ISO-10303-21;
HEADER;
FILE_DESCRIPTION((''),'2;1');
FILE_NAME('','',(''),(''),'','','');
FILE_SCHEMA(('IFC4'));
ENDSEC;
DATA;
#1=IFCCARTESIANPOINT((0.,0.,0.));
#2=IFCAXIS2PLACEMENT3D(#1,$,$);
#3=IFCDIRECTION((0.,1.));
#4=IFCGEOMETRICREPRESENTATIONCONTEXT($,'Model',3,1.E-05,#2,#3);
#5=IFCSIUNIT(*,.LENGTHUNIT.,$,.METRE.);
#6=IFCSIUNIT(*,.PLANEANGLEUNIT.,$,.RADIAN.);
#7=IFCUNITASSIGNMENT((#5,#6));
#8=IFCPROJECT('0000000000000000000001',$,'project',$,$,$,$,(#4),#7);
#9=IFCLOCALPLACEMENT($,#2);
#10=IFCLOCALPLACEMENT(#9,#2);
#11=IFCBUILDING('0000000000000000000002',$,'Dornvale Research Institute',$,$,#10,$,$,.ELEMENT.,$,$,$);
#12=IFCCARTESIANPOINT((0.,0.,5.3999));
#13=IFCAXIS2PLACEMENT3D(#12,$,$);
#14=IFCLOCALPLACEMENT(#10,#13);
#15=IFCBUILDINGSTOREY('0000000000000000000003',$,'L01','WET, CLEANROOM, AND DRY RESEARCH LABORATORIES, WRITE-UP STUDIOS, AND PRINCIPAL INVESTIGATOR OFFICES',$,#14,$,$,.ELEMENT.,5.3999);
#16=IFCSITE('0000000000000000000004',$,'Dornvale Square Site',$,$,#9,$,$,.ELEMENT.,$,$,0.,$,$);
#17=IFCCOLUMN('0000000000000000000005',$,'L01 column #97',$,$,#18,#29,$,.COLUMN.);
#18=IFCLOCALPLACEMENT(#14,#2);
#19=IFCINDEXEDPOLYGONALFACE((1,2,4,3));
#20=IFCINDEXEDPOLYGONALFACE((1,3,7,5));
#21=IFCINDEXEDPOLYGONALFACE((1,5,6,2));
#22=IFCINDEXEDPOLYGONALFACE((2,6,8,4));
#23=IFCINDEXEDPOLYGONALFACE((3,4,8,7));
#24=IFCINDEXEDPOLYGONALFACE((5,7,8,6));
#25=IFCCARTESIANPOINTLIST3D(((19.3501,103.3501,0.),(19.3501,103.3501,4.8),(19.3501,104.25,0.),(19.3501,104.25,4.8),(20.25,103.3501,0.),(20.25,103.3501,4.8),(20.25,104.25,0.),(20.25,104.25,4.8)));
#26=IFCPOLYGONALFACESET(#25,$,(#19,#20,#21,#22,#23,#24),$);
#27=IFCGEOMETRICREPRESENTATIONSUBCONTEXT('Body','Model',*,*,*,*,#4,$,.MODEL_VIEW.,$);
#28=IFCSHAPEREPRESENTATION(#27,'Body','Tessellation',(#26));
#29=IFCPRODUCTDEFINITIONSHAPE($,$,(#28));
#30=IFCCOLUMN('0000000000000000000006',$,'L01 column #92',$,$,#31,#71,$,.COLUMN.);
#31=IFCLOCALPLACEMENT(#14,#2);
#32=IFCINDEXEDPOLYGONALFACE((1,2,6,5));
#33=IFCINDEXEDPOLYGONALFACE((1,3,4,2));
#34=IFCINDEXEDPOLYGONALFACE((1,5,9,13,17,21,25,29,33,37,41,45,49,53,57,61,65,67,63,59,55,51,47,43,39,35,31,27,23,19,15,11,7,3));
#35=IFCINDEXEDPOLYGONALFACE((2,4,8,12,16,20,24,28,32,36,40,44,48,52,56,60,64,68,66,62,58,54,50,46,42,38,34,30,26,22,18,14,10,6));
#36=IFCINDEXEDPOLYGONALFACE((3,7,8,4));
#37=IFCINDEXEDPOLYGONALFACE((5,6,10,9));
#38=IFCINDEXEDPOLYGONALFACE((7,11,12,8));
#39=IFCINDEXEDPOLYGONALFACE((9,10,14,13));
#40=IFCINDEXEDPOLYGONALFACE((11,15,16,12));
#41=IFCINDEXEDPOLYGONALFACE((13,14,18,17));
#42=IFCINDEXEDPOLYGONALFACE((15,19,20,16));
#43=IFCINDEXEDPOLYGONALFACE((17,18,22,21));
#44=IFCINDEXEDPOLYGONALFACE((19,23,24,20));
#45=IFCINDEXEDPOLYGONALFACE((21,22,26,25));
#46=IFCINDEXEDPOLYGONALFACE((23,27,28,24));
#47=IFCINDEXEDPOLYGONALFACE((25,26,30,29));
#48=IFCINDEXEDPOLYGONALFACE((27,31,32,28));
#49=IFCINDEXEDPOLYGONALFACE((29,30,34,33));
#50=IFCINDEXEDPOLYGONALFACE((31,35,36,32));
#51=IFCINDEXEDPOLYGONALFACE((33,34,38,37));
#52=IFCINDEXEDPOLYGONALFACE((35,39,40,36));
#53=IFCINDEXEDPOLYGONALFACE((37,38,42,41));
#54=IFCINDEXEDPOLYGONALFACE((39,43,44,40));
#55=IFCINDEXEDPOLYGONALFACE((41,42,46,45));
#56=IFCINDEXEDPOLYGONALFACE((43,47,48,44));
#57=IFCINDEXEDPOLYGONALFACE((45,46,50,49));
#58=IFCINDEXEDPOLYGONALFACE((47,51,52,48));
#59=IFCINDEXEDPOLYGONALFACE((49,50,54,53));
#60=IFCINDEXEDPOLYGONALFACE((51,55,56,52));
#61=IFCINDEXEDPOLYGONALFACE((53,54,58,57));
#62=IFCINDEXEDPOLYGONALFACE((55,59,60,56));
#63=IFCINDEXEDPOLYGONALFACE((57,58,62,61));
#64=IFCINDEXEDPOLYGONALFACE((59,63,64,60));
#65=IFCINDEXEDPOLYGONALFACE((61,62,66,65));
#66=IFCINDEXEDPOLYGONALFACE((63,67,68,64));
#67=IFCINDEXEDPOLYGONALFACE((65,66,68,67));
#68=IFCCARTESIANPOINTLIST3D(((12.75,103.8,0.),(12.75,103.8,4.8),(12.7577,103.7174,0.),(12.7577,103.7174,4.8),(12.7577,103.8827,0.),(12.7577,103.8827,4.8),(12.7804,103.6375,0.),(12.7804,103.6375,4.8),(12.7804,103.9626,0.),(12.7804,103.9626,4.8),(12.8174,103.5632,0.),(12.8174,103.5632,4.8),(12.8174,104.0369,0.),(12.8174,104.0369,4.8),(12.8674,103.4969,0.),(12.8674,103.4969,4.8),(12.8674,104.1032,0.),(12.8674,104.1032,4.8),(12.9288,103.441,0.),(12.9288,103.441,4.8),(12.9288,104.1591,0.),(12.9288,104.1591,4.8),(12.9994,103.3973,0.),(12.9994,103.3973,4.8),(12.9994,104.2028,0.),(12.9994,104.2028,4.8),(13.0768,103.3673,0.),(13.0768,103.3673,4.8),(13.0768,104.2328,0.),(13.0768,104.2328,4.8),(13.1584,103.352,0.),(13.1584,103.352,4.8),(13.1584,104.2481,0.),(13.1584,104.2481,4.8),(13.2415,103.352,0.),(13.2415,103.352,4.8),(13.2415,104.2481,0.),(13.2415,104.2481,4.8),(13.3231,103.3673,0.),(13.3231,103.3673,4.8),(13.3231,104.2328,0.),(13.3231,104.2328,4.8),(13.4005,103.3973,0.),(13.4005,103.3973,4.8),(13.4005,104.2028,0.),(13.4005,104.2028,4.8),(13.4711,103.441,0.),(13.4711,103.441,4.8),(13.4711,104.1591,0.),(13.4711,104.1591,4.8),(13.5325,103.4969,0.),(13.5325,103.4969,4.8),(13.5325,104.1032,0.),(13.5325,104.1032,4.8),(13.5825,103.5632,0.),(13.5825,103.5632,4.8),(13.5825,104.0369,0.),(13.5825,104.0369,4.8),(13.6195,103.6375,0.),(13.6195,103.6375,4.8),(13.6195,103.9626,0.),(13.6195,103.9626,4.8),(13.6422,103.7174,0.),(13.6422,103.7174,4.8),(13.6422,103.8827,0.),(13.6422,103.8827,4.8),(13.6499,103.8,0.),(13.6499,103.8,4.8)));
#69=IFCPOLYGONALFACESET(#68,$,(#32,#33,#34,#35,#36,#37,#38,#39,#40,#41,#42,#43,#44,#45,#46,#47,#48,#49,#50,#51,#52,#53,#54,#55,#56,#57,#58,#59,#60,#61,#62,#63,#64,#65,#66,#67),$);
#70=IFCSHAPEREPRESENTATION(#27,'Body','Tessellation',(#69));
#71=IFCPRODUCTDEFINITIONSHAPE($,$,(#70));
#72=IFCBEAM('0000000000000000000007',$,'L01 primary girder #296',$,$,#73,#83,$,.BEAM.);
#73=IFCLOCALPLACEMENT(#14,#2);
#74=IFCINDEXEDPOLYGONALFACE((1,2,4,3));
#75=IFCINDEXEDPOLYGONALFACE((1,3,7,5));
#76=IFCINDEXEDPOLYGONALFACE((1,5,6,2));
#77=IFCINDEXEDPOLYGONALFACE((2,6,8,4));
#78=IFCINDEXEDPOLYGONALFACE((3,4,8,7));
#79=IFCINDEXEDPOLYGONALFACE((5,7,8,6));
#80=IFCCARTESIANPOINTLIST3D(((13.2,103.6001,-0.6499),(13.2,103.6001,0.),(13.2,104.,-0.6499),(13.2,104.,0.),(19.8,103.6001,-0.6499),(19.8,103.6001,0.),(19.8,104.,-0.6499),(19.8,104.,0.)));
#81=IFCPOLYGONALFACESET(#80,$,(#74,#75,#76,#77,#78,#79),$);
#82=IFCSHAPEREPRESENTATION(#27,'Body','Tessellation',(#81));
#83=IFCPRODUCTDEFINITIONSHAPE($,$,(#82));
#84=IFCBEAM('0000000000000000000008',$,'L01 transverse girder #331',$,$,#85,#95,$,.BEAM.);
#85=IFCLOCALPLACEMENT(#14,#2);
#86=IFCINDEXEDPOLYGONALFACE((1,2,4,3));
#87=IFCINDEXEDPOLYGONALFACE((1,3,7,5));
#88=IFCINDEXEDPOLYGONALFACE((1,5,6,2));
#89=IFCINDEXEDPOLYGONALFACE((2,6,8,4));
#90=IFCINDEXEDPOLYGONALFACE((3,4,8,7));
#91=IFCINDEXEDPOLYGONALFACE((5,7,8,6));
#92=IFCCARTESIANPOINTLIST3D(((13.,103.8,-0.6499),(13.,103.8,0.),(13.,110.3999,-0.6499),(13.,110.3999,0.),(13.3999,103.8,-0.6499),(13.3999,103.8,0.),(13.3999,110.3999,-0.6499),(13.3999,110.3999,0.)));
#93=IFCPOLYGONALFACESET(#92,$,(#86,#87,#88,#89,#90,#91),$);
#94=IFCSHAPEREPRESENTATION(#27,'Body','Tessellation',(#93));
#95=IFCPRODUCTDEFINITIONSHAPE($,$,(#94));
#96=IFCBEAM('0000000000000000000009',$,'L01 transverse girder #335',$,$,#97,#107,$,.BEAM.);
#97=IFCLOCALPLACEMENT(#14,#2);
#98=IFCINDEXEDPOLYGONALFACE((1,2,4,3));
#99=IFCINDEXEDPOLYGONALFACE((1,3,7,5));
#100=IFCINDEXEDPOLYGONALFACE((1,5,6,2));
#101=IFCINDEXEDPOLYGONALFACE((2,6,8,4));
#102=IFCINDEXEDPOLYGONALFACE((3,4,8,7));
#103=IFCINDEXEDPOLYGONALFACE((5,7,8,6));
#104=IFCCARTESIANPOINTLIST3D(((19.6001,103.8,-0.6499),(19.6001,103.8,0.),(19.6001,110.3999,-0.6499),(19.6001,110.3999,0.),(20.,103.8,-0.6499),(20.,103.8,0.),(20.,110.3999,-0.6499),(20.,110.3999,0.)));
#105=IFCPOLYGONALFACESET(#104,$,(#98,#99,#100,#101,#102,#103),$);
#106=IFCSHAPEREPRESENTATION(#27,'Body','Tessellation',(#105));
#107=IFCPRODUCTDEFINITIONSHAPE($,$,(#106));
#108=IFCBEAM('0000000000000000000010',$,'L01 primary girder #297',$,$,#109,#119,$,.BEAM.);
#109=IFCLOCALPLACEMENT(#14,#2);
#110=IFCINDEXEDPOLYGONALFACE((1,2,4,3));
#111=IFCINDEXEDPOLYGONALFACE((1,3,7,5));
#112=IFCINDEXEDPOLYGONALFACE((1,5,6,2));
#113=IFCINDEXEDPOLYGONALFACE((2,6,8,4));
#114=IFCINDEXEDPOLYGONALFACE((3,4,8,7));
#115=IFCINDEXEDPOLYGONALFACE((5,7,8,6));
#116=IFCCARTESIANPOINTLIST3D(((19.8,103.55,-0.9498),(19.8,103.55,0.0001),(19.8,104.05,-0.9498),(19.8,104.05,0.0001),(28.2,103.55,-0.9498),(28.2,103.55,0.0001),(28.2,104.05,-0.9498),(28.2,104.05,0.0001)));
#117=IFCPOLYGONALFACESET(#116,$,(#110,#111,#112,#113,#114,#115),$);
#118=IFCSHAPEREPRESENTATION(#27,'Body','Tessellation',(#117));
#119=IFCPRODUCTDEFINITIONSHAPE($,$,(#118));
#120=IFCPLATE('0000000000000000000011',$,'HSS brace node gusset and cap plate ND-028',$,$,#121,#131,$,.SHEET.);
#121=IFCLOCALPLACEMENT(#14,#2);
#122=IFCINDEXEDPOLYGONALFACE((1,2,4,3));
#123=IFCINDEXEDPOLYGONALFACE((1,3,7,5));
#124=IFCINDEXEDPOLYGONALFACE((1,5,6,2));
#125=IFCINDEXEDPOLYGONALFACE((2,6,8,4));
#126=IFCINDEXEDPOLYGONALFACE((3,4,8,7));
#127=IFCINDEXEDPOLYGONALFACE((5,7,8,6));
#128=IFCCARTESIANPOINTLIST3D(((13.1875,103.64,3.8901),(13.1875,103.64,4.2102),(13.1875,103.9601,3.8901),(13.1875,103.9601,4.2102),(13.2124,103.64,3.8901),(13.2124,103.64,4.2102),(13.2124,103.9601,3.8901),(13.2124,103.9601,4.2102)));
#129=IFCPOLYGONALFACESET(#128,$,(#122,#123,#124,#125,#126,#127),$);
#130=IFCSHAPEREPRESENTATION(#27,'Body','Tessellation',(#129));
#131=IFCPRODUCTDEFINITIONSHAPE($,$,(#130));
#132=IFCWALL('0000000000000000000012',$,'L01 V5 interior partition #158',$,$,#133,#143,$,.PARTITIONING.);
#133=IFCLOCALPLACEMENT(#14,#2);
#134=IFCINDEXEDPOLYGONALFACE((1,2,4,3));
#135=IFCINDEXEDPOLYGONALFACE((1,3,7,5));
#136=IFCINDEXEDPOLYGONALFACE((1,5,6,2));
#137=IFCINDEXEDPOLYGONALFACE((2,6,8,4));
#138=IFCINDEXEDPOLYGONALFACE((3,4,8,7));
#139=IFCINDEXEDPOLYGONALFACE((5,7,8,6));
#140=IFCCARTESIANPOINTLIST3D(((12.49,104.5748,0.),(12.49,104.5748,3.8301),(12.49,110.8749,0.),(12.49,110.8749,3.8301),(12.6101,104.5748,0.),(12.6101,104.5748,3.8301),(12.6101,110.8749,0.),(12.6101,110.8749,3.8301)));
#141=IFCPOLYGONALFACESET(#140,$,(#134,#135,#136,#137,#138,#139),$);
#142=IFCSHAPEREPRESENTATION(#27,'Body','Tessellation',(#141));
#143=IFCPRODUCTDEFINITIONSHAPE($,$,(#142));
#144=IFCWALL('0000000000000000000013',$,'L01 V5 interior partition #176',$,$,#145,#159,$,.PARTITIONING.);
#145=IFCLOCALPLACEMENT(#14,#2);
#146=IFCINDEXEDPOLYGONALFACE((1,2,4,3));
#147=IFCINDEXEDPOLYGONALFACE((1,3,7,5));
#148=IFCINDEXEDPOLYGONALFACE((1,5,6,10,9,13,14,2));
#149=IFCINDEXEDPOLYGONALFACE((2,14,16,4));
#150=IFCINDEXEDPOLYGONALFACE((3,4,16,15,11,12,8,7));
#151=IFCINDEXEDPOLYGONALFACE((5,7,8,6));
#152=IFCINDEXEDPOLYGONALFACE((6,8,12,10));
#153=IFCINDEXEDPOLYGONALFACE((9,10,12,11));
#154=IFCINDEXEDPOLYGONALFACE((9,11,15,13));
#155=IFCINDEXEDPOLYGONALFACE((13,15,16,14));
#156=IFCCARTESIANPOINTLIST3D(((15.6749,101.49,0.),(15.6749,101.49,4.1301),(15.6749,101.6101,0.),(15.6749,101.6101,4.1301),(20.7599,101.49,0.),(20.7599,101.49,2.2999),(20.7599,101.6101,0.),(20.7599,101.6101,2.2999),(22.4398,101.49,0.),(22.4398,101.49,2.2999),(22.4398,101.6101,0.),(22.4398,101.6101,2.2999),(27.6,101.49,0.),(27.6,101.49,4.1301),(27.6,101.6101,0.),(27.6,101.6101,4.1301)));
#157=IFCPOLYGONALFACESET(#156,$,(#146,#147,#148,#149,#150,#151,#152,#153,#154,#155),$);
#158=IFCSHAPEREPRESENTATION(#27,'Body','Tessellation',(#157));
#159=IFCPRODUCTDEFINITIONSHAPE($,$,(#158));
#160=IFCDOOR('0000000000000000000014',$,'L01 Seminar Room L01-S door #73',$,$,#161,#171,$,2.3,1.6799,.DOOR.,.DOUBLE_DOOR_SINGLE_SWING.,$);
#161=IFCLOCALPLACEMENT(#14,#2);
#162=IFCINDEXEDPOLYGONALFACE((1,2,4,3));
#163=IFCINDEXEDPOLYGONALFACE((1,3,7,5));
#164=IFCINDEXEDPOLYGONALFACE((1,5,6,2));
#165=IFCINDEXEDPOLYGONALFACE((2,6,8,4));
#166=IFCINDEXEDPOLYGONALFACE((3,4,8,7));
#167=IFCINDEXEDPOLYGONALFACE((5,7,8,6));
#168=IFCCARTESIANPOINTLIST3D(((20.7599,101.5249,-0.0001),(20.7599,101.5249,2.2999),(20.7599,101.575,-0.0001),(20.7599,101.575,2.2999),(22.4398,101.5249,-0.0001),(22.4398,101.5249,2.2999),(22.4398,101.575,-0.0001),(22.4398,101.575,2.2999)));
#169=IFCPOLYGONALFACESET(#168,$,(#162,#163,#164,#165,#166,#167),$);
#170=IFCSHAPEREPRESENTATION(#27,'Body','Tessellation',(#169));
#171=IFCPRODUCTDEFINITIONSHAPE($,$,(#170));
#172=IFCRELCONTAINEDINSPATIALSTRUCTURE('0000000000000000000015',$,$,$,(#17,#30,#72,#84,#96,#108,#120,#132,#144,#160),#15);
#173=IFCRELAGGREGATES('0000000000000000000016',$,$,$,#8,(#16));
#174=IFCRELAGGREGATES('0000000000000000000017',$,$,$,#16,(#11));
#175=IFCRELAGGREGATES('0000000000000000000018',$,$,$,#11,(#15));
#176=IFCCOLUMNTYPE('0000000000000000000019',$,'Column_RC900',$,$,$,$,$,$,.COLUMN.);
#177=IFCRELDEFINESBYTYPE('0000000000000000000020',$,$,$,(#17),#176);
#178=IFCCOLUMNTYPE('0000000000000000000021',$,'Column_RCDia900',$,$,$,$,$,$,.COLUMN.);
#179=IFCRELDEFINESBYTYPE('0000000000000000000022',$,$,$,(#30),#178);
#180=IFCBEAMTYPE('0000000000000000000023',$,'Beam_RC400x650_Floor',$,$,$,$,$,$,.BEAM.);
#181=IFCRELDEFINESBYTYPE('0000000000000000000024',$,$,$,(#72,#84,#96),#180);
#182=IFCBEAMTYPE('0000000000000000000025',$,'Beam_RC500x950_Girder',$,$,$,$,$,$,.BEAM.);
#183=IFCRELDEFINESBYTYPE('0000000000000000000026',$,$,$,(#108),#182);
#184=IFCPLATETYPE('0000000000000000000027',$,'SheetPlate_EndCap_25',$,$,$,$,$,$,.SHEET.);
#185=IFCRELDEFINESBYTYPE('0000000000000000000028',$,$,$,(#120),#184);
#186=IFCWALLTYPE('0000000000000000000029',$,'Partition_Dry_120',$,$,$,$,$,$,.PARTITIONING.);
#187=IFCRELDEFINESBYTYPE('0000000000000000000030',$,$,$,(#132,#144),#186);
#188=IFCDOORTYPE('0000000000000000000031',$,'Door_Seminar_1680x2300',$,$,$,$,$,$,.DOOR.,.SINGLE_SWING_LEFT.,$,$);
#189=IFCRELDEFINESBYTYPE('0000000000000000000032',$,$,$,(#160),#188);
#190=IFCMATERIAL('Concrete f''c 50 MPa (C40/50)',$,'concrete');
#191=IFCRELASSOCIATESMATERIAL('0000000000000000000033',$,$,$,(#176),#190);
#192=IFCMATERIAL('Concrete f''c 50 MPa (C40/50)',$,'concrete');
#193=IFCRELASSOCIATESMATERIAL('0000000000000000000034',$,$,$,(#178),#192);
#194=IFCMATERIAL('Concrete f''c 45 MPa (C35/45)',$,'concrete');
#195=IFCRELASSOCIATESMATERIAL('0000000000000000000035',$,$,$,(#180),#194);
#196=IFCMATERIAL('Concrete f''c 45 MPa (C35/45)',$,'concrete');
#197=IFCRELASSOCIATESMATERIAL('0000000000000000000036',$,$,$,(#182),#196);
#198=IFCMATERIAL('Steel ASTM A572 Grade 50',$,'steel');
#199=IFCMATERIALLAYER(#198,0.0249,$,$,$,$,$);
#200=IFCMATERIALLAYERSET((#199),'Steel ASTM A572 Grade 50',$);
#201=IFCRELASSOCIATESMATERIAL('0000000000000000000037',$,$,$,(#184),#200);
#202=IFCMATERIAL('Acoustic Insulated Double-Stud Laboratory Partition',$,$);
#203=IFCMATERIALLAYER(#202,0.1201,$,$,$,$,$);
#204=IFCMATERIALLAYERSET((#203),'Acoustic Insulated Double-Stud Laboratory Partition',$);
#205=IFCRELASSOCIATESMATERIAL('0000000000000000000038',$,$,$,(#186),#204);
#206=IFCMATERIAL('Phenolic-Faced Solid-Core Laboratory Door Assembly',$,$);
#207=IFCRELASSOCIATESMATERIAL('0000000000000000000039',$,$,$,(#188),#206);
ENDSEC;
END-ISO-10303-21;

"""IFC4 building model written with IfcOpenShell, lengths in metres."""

from ifc_helpers import new_model, si_unit, direction, frame, frame_2d, origin, origin_2d, place, context, subcontext, project, spatial, rectangle, circle, extrude, material, layer, layer_set, material_profile, profile_set, type_object, element, fill, save


model = new_model("IFC4")

# Units and contexts
model_context = context("Model", 3, precision=1e-05, world=origin(), true_north=direction((0.0, 1.0)))
body_context = subcontext(model_context, "Body", "Model", "MODEL_VIEW")
ifc_project = project(units=[si_unit("LENGTHUNIT", "METRE"), si_unit("PLANEANGLEUNIT", "RADIAN")], contexts=[model_context])

# Site, building, storey
site_placement = place(None, origin())
site = spatial("IfcSite", under=ifc_project, at=site_placement, Name="Dornvale Square Site", CompositionType="ELEMENT", RefElevation=0.0)
building_placement = place(site_placement, origin())
building = spatial("IfcBuilding", under=site, at=building_placement, Name="Dornvale Research Institute", CompositionType="ELEMENT")
storey_placement = place(building_placement, frame((0.0, 0.0, 5.3999)))
storey = spatial("IfcBuildingStorey", under=building, at=storey_placement, Name="L01", Description="WET, CLEANROOM, AND DRY RESEARCH LABORATORIES, WRITE-UP STUDIOS, AND PRINCIPAL INVESTIGATOR OFFICES", CompositionType="ELEMENT", Elevation=5.3999)

# Columns
ifc_material_1 = material(Name="Concrete f'c 50 MPa (C40/50)", Category="concrete")
ifc_material_profile_1 = material_profile(ifc_material_1, rectangle(XDim=0.8999, YDim=0.8999, at=origin_2d()), Name="RC 900x900")
ifc_profile_set_1 = profile_set([ifc_material_profile_1], Name="Concrete f'c 50 MPa (C40/50)")
column_type_1 = type_object("IfcColumnType", Name="Column_RC900", PredefinedType="COLUMN", material=ifc_profile_set_1)
column_1_placement = place(storey_placement, frame((19.8, 103.8, 0.0), z_axis=(0.0, 0.0, 1.0), x_axis=(1.0, 0.0, 0.0)))
element("IfcColumn", 1, at=column_1_placement, inside=storey, type_object=column_type_1, Name="L01 column #97", PredefinedType="COLUMN", context=body_context, shape_type="SweptSolid", body=[
    extrude(rectangle(XDim=0.8999, YDim=0.8999, at=origin_2d()), origin(), (0.0, 0.0, 1.0), 4.8),
])
ifc_material_2 = material(Name="Concrete f'c 50 MPa (C40/50)", Category="concrete")
ifc_material_profile_2 = material_profile(ifc_material_2, circle(Radius=0.45, at=origin_2d()), Name="RC DIA 900")
ifc_profile_set_2 = profile_set([ifc_material_profile_2], Name="Concrete f'c 50 MPa (C40/50)")
column_type_2 = type_object("IfcColumnType", Name="Column_RCDia900", PredefinedType="COLUMN", material=ifc_profile_set_2)
column_2_placement = place(storey_placement, frame((13.2, 103.8, 0.0), z_axis=(0.0, 0.0, 1.0), x_axis=(1.0, 0.0, 0.0)))
element("IfcColumn", 2, at=column_2_placement, inside=storey, type_object=column_type_2, Name="L01 column #92", PredefinedType="COLUMN", context=body_context, shape_type="SweptSolid", body=[
    extrude(circle(Radius=0.45, at=origin_2d()), origin(), (0.0, 0.0, 1.0), 4.8),
])

# Beams
ifc_material_3 = material(Name="Concrete f'c 45 MPa (C35/45)", Category="concrete")
ifc_material_profile_3 = material_profile(ifc_material_3, rectangle(XDim=0.3999, YDim=0.6499, at=origin_2d()), Name="RC 400x650")
ifc_profile_set_3 = profile_set([ifc_material_profile_3], Name="Concrete f'c 45 MPa (C35/45)")
beam_type_1 = type_object("IfcBeamType", Name="Beam_RC400x650_Floor", PredefinedType="BEAM", material=ifc_profile_set_3)
beam_1_placement = place(storey_placement, frame((13.2, 103.8, -0.325), z_axis=(1.0, 0.0, 0.0), x_axis=(0.0, 1.0, 0.0)))
element("IfcBeam", 3, at=beam_1_placement, inside=storey, type_object=beam_type_1, Name="L01 primary girder #296", PredefinedType="BEAM", context=body_context, shape_type="SweptSolid", body=[
    extrude(rectangle(XDim=0.3999, YDim=0.6499, at=origin_2d()), origin(), (0.0, 0.0, 1.0), 6.6001),
])
for number, where, z_axis, x_axis, name in (
    (4, (13.2, 103.8, -0.325), (0.0, 1.0, 0.0), (-1.0, 0.0, 0.0), "L01 transverse girder #331"),
    (5, (19.8, 103.8, -0.325), (0.0, 1.0, 0.0), (-1.0, 0.0, 0.0), "L01 transverse girder #335"),
):
    element("IfcBeam", number, at=place(storey_placement, frame(where, z_axis=z_axis, x_axis=x_axis)), inside=storey, type_object=beam_type_1, Name=name, PredefinedType="BEAM", context=body_context, shape_type="SweptSolid", body=[
        extrude(rectangle(XDim=0.3999, YDim=0.6499, at=origin_2d()), origin(), (0.0, 0.0, 1.0), 6.5999),
    ])
ifc_material_4 = material(Name="Concrete f'c 45 MPa (C35/45)", Category="concrete")
ifc_material_profile_4 = material_profile(ifc_material_4, rectangle(XDim=0.5, YDim=0.95, at=origin_2d()), Name="RC 500x950")
ifc_profile_set_4 = profile_set([ifc_material_profile_4], Name="Concrete f'c 45 MPa (C35/45)")
beam_type_2 = type_object("IfcBeamType", Name="Beam_RC500x950_Girder", PredefinedType="BEAM", material=ifc_profile_set_4)
beam_2_placement = place(storey_placement, frame((19.8, 103.8, -0.4749), z_axis=(1.0, 0.0, 0.0), x_axis=(0.0, 1.0, 0.0)))
element("IfcBeam", 6, at=beam_2_placement, inside=storey, type_object=beam_type_2, Name="L01 primary girder #297", PredefinedType="BEAM", context=body_context, shape_type="SweptSolid", body=[
    extrude(rectangle(XDim=0.5, YDim=0.95, at=origin_2d()), origin(), (0.0, 0.0, 1.0), 8.3999),
])

# Plate
ifc_material_5 = material(Name="Steel ASTM A572 Grade 50", Category="steel")
ifc_layer_1 = layer(ifc_material_5, 0.0249)
ifc_layer_set_1 = layer_set([ifc_layer_1], Name="Steel ASTM A572 Grade 50")
plate_type = type_object("IfcPlateType", Name="SheetPlate_EndCap_25", PredefinedType="SHEET", material=ifc_layer_set_1)
plate_placement = place(storey_placement, frame((13.2, 103.8, 3.8901), z_axis=(0.0, 0.0, 1.0), x_axis=(0.0, 1.0, 0.0)))
element("IfcPlate", 7, at=plate_placement, inside=storey, type_object=plate_type, Name="HSS brace node gusset and cap plate ND-028", PredefinedType="SHEET", context=body_context, shape_type="SweptSolid", body=[
    extrude(rectangle(XDim=0.3201, YDim=0.0249, at=origin_2d()), origin(), (0.0, 0.0, 1.0), 0.3201),
])

# Wall
ifc_material_6 = material(Name="Acoustic Insulated Double-Stud Laboratory Partition")
ifc_layer_2 = layer(ifc_material_6, 0.1201)
ifc_layer_set_2 = layer_set([ifc_layer_2], Name="Acoustic Insulated Double-Stud Laboratory Partition")
wall_type_1 = type_object("IfcWallType", Name="Partition_Dry_120", PredefinedType="PARTITIONING", material=ifc_layer_set_2)
wall_1_placement = place(storey_placement, frame((12.55, 104.575, 0.0), z_axis=(0.0, 0.0, 1.0), x_axis=(0.0, 1.0, 0.0)))
element("IfcWall", 8, at=wall_1_placement, inside=storey, type_object=wall_type_1, Name="L01 V5 interior partition #158", PredefinedType="PARTITIONING", context=body_context, shape_type="SweptSolid", body=[
    extrude(rectangle(XDim=6.3, YDim=0.1201, at=frame_2d((3.1499, 0.0))), origin(), (0.0, 0.0, 1.0), 3.8301),
])

# Wall, opening, door
wall_2_placement = place(storey_placement, frame((15.675, 101.55, 0.0), z_axis=(0.0, 0.0, 1.0), x_axis=(1.0, 0.0, 0.0)))
wall_2 = element("IfcWall", 9, at=wall_2_placement, inside=storey, type_object=wall_type_1, Name="L01 V5 interior partition #176", PredefinedType="PARTITIONING", context=body_context, shape_type="SweptSolid", body=[
    extrude(rectangle(XDim=11.925, YDim=0.1201, at=frame_2d((5.9624, 0.0))), origin(), (0.0, 0.0, 1.0), 4.1301),
])
opening_1_placement = place(wall_2_placement, frame((5.085, 0.0, 0.0)))
opening_1 = element("IfcOpeningElement", 10, at=opening_1_placement, cuts=wall_2, PredefinedType="OPENING", context=body_context, shape_type="SweptSolid", body=[
    extrude(rectangle(XDim=1.6799, YDim=2.3, at=frame_2d((0.8398, 1.1499))), frame((0.0, 0.075, 0.0), z_axis=(0.0, -1.0, 0.0), x_axis=(1.0, 0.0, 0.0)), (0.0, 0.0, 1.0), 0.1501),
])
ifc_material_7 = material(Name="Phenolic-Faced Solid-Core Laboratory Door Assembly")
door_type_1 = type_object("IfcDoorType", Name="Door_Seminar_1680x2300", OperationType="SINGLE_SWING_LEFT", PredefinedType="DOOR", material=ifc_material_7)
door_1_placement = place(opening_1_placement, origin())
door_1 = element("IfcDoor", 11, at=door_1_placement, inside=storey, type_object=door_type_1, Name="L01 Seminar Room L01-S door #73", OperationType="DOUBLE_DOOR_SINGLE_SWING", OverallHeight=2.3, OverallWidth=1.6799, PredefinedType="DOOR", context=body_context, shape_type="SweptSolid", body=[
    extrude(rectangle(XDim=1.6799, YDim=2.3, at=frame_2d((0.8398, 1.1499))), frame((0.0, 0.0249, 0.0), z_axis=(0.0, -1.0, 0.0), x_axis=(1.0, 0.0, 0.0)), (0.0, 0.0, 1.0), 0.05),
])
fill(opening_1, door_1)

save(model, "model.ifc")
